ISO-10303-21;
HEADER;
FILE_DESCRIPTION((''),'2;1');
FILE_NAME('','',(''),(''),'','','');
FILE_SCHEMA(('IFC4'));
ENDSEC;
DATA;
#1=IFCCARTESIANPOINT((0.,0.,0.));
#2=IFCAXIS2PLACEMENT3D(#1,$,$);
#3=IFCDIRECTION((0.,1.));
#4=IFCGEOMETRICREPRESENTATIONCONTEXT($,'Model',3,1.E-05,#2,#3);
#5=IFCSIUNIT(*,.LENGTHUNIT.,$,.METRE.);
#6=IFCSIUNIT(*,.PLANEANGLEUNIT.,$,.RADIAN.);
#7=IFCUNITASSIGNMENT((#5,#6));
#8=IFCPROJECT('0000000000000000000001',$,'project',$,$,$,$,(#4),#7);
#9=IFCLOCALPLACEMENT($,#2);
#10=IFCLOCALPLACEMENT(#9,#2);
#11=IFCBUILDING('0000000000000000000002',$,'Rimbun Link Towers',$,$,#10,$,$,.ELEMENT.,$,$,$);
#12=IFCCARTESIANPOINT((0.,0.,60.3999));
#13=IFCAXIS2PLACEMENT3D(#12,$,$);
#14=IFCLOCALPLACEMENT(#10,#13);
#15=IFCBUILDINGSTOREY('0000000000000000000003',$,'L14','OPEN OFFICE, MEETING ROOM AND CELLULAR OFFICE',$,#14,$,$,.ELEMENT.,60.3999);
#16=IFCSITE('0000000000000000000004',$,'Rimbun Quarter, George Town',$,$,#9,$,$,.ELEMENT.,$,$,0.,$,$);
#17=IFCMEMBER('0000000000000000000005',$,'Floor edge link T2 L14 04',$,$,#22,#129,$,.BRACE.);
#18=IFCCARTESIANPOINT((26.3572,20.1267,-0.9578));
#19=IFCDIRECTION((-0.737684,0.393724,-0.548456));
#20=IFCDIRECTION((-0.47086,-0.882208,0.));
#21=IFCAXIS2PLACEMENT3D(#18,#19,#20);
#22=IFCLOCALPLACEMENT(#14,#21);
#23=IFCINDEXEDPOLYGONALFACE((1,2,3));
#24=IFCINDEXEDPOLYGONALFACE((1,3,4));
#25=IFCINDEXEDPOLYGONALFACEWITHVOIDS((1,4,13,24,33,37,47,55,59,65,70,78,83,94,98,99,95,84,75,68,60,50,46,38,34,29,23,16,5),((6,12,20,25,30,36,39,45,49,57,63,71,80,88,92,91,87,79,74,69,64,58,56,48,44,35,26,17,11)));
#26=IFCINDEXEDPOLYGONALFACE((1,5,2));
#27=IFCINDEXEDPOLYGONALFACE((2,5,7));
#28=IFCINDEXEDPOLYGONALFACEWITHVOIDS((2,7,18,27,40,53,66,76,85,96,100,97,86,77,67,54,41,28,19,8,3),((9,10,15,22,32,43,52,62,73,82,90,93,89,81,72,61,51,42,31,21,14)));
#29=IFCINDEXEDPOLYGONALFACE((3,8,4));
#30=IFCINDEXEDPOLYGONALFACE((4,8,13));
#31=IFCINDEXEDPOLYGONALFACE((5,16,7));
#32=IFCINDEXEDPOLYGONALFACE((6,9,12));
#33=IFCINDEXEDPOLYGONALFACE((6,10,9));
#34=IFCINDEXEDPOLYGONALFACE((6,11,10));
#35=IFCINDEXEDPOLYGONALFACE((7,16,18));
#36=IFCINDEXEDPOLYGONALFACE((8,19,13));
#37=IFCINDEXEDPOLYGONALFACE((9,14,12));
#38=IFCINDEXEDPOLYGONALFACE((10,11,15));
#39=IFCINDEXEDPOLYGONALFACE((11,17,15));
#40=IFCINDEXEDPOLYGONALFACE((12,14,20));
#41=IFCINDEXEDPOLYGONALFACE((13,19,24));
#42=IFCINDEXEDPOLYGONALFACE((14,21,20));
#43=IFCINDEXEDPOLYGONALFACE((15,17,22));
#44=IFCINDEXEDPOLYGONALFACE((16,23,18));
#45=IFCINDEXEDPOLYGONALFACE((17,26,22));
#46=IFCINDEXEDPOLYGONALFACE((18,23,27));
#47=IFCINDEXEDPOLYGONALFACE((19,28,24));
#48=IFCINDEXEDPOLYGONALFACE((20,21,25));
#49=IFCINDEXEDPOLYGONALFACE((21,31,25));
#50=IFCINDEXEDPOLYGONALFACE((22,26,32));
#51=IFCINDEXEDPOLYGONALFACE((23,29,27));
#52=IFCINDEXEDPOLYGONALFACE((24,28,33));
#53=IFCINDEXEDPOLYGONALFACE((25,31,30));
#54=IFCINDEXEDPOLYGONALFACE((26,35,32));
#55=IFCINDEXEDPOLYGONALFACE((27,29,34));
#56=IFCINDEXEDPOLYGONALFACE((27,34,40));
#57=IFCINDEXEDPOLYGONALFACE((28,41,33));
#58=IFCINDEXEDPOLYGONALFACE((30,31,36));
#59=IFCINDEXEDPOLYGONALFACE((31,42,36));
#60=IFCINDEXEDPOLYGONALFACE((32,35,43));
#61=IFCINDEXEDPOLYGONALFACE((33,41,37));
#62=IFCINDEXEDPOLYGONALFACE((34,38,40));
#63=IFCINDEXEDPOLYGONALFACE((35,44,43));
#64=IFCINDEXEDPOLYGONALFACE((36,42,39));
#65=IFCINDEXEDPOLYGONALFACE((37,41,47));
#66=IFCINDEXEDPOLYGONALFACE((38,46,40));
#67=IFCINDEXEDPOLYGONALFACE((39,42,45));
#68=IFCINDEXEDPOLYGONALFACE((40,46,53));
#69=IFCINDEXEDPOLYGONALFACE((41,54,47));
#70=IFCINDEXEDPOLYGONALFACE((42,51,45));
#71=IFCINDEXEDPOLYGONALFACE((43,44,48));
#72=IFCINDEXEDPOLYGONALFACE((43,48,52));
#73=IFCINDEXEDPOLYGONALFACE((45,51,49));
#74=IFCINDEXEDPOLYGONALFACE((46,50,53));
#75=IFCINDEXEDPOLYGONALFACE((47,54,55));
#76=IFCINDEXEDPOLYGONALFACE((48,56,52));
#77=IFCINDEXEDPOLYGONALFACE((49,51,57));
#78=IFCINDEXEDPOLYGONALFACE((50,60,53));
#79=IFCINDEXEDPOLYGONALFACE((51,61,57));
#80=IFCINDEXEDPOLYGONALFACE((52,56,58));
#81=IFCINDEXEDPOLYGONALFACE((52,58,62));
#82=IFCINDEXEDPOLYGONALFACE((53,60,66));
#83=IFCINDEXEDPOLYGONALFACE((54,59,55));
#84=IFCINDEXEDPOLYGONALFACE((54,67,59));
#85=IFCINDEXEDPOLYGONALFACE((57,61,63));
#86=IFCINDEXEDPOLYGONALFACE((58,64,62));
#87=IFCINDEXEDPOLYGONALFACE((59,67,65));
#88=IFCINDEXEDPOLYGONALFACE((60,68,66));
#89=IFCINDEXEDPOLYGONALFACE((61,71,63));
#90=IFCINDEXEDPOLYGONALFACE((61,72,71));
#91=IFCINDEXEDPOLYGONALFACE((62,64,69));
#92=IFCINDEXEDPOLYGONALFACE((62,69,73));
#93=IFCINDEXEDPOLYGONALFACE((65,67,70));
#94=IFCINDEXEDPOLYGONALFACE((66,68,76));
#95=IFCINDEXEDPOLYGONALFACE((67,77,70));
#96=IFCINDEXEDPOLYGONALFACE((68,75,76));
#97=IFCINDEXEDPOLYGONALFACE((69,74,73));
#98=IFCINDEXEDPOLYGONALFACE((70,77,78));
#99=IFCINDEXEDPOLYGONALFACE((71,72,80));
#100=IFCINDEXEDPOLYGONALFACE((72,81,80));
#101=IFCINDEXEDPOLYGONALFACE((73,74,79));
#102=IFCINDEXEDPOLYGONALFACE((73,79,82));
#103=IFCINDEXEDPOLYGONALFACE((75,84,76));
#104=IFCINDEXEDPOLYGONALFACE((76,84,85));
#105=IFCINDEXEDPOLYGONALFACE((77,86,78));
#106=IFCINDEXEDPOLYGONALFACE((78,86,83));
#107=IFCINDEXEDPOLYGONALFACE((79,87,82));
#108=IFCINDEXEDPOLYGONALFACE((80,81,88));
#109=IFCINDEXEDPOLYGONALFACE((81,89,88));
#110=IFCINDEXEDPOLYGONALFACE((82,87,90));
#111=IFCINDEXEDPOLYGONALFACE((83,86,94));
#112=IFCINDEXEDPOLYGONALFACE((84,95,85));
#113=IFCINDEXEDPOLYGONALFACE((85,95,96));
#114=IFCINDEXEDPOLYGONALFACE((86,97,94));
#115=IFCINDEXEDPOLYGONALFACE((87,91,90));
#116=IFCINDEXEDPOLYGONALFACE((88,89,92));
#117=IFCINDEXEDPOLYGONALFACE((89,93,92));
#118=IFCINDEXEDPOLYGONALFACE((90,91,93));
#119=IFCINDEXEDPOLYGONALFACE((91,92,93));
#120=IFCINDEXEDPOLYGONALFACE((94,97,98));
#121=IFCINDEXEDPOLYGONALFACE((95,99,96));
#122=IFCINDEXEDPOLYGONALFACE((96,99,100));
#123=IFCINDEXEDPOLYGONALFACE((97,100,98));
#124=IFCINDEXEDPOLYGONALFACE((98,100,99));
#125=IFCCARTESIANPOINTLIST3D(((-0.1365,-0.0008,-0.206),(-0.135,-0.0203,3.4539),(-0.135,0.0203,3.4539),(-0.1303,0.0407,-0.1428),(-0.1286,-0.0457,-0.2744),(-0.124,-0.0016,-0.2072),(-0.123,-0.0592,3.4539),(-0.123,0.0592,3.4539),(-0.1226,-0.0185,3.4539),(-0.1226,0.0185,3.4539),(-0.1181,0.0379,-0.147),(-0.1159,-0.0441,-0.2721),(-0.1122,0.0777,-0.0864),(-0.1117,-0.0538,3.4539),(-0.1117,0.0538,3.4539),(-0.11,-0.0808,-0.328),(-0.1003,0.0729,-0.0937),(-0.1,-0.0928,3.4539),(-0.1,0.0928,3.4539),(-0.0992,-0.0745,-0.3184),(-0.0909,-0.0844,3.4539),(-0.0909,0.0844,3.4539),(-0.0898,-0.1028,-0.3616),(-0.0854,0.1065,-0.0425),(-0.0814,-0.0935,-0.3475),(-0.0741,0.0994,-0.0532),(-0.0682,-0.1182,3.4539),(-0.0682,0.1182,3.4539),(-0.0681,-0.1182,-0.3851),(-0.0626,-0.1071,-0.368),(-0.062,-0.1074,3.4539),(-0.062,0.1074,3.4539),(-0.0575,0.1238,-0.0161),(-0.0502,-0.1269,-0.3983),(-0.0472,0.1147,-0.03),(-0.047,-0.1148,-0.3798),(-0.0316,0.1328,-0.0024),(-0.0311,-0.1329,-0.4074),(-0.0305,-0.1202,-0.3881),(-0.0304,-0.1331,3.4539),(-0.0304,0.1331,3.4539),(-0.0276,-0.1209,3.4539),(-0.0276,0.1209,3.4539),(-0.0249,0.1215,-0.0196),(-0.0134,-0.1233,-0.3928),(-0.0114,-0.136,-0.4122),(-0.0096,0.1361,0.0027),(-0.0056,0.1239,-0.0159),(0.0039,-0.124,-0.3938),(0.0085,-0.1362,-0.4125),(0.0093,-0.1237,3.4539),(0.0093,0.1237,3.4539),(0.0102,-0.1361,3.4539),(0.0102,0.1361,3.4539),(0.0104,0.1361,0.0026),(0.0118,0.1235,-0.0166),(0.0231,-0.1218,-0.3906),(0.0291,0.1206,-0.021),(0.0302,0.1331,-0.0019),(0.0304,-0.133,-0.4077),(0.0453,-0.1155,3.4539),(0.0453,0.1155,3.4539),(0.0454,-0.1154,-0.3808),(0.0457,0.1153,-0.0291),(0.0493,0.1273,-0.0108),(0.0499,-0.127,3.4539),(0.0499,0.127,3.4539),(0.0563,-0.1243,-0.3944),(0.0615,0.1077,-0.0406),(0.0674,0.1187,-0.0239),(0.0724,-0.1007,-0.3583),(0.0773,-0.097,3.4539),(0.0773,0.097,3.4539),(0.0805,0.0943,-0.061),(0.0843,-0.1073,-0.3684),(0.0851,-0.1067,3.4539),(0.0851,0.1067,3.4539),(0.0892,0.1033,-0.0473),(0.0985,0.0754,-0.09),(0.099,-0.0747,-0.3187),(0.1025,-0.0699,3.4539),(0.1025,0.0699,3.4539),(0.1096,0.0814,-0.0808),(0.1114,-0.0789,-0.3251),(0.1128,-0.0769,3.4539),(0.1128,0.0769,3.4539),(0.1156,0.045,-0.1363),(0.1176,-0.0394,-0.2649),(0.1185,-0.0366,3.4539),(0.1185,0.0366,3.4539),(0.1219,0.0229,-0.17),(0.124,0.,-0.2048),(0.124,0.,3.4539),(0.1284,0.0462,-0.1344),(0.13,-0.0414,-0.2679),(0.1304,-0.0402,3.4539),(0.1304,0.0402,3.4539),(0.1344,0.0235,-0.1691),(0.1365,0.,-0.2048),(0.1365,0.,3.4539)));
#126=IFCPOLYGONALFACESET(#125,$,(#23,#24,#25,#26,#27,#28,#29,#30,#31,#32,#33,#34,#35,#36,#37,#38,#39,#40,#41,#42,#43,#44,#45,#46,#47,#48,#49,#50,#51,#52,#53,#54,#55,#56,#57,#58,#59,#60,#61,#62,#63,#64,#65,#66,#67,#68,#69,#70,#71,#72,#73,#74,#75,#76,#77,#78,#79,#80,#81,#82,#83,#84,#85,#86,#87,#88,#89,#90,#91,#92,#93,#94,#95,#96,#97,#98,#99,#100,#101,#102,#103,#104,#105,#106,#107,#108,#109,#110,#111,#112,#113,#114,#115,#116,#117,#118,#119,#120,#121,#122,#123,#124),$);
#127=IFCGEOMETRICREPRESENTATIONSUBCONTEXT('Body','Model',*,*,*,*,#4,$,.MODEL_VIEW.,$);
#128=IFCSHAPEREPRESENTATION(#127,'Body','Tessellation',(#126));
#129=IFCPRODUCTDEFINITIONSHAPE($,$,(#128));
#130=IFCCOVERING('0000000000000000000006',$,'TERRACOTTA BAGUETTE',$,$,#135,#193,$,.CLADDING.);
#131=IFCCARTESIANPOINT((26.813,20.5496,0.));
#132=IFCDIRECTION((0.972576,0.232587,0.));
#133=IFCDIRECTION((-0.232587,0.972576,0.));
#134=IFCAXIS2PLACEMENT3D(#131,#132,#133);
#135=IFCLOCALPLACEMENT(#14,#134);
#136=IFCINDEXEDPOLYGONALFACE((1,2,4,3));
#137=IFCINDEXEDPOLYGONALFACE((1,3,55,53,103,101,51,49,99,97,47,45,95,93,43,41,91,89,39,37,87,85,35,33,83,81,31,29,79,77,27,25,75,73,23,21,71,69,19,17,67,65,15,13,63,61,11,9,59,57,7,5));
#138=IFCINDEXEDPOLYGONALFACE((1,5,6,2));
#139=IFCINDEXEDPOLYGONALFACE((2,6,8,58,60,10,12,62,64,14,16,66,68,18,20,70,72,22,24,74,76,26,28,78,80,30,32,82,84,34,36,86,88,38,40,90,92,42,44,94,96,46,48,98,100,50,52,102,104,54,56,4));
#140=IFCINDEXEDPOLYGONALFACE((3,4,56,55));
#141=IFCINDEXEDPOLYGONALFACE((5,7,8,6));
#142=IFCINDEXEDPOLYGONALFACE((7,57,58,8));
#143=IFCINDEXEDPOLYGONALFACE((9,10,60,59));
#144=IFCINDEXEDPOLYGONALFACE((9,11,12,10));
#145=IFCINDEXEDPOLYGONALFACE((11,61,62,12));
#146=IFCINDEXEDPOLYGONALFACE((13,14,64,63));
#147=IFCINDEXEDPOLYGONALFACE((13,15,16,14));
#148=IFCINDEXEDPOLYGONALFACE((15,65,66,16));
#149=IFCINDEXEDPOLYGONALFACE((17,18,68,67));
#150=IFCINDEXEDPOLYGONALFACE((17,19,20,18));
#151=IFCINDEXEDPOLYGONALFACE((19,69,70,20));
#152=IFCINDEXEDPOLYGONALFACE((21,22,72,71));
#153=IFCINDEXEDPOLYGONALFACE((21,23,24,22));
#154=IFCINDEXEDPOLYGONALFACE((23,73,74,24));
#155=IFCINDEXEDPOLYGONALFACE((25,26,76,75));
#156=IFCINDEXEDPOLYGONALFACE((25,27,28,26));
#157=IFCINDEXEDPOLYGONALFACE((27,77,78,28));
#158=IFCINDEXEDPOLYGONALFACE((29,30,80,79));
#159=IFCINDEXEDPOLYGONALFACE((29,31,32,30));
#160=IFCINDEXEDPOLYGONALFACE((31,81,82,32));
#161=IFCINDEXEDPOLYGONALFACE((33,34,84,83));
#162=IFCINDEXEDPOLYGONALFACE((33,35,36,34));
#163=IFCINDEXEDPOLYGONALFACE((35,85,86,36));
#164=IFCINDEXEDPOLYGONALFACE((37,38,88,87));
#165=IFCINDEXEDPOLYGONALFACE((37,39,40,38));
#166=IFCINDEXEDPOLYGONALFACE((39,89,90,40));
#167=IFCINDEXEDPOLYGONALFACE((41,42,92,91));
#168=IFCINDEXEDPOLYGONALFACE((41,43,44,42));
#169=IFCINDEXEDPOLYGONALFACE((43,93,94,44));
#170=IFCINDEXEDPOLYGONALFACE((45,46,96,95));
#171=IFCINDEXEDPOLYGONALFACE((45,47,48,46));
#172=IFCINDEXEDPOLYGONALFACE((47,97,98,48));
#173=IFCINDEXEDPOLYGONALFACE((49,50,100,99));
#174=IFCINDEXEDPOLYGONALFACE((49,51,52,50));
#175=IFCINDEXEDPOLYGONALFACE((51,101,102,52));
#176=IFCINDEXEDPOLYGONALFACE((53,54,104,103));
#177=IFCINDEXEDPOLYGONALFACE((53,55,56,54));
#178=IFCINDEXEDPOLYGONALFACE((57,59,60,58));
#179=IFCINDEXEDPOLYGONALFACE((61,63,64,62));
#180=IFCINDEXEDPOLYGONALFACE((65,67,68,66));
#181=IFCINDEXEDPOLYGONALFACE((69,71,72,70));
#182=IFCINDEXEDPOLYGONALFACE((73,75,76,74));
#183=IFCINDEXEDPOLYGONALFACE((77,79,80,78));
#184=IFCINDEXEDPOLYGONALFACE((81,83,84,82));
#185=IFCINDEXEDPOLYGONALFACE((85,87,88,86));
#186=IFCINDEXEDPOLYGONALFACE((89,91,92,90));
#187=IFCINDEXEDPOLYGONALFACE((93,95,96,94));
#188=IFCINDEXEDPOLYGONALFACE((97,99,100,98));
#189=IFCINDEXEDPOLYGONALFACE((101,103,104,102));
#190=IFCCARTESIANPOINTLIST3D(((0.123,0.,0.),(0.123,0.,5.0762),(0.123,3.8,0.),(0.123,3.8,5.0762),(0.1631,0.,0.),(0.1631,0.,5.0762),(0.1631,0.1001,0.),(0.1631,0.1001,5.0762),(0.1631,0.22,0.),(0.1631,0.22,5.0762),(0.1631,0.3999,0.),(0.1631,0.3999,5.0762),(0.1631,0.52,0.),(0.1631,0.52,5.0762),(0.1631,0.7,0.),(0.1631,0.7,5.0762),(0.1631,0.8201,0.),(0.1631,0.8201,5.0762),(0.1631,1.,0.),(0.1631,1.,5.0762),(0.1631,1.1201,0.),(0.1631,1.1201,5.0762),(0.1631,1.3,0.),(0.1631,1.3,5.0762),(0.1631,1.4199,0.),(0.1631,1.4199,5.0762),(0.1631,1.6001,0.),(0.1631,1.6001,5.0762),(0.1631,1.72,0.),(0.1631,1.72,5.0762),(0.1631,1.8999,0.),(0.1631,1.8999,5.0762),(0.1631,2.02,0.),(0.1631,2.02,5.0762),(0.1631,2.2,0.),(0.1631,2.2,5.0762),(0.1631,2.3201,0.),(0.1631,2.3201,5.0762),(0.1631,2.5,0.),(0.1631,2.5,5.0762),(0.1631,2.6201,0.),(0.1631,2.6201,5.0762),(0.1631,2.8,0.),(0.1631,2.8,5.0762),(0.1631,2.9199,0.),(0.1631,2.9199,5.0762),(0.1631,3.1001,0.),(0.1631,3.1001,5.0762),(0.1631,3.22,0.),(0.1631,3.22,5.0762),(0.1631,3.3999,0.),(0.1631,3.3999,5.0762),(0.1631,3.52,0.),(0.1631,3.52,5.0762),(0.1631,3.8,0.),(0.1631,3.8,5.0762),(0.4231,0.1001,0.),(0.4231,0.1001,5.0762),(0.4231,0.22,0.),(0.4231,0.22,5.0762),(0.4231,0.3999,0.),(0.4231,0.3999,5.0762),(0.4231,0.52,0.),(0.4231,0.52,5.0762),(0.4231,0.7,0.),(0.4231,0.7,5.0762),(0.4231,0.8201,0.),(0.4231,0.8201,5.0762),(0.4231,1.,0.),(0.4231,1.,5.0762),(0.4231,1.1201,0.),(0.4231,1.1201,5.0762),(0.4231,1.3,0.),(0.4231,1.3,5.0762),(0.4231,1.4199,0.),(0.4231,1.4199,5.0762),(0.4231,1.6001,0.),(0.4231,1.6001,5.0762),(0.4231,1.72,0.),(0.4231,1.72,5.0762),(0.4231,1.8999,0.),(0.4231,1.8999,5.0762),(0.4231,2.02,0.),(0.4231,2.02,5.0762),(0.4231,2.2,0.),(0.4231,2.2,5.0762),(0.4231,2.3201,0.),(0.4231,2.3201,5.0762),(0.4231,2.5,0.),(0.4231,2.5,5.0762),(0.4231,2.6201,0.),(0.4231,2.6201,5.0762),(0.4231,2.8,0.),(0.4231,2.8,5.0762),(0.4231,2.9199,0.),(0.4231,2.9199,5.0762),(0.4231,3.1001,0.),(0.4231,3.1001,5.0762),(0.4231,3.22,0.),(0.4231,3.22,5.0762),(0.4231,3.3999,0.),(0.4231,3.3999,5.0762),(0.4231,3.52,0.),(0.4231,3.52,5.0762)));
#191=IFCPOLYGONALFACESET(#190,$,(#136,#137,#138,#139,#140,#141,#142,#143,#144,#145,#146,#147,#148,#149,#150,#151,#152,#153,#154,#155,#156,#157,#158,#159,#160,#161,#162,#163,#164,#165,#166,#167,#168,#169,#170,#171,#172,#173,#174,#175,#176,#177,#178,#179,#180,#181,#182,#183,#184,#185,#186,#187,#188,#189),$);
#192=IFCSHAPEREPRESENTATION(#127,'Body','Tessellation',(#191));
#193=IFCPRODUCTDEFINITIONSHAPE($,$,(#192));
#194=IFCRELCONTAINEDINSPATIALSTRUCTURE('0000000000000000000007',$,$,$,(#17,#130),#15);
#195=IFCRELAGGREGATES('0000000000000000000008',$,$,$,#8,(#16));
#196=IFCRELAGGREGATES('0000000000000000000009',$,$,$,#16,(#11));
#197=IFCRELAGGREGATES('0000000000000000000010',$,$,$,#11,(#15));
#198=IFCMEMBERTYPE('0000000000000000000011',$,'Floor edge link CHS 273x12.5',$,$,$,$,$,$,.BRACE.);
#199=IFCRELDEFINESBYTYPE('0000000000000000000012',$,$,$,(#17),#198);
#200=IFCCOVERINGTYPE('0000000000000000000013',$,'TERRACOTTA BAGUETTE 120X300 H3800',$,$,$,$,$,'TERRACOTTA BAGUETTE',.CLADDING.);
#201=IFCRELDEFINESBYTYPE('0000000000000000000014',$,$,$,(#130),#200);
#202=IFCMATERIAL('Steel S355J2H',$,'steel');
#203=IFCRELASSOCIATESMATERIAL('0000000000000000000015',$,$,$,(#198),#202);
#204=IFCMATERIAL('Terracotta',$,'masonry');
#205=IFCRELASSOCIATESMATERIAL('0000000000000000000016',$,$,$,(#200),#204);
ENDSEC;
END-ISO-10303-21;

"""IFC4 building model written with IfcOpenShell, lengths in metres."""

from ifc_helpers import new_model, si_unit, direction, frame, origin, origin_2d, place, context, subcontext, project, spatial, polyline, hollow_circle, outline, extrude, clip, halfspace, material, material_profile, profile_set, type_object, element, save


model = new_model("IFC4")

# Units and contexts
model_context = context("Model", 3, precision=1e-05, world=origin(), true_north=direction((0.0, 1.0)))
body_context = subcontext(model_context, "Body", "Model", "MODEL_VIEW")
ifc_project = project(units=[si_unit("LENGTHUNIT", "METRE"), si_unit("PLANEANGLEUNIT", "RADIAN")], contexts=[model_context])

# Site, building, storey
site_placement = place(None, origin())
site = spatial("IfcSite", under=ifc_project, at=site_placement, Name="Rimbun Quarter, George Town", CompositionType="ELEMENT", RefElevation=0.0)
building_placement = place(site_placement, origin())
building = spatial("IfcBuilding", under=site, at=building_placement, Name="Rimbun Link Towers", CompositionType="ELEMENT")
storey_placement = place(building_placement, frame((0.0, 0.0, 60.3999)))
storey = spatial("IfcBuildingStorey", under=building, at=storey_placement, Name="L14", Description="OPEN OFFICE, MEETING ROOM AND CELLULAR OFFICE", CompositionType="ELEMENT", Elevation=60.3999)

# Member
ifc_material_1 = material(Name="Steel S355J2H", Category="steel")
ifc_material_profile_1 = material_profile(ifc_material_1, hollow_circle(Radius=0.1365, WallThickness=0.0125, at=origin_2d()), Name="CHS 273x12.5")
ifc_profile_set_1 = profile_set([ifc_material_profile_1], Name="Steel S355J2H")
member_type_1 = type_object("IfcMemberType", Name="Floor edge link CHS 273x12.5", PredefinedType="BRACE", material=ifc_profile_set_1)
member_1_placement = place(storey_placement, frame((26.3572, 20.1267, -0.9578), z_axis=(-0.737684, 0.393724, -0.548456), x_axis=(-0.47086, -0.882208, 0.0)))
element("IfcMember", 1, at=member_1_placement, inside=storey, type_object=member_type_1, Name="Floor edge link T2 L14 04", PredefinedType="BRACE", context=body_context, shape_type="Clipping", body=[
    clip(extrude(hollow_circle(Radius=0.1365, WallThickness=0.0125, at=origin_2d()), frame((0.0, 0.0, -0.4343)), (0.0, 0.0, 1.0), 3.8882), halfspace(frame((0.0, 0.0, -0.2048), z_axis=(0.0, 0.836179, -0.548456)), False)),
])

# Covering
ifc_material_2 = material(Name="Terracotta", Category="masonry")
ifc_material_profile_2 = material_profile(ifc_material_2, outline(polyline([(0.123, 0.0), (0.1631, 0.0), (0.1631, 0.1001), (0.4231, 0.1001), (0.4231, 0.22), (0.1631, 0.22), (0.1631, 0.3999), (0.4231, 0.3999), (0.4231, 0.52), (0.1631, 0.52), (0.1631, 0.7), (0.4231, 0.7), (0.4231, 0.8201), (0.1631, 0.8201), (0.1631, 1.0), (0.4231, 1.0), (0.4231, 1.1201), (0.1631, 1.1201), (0.1631, 1.3), (0.4231, 1.3), (0.4231, 1.4199), (0.1631, 1.4199), (0.1631, 1.6001), (0.4231, 1.6001), (0.4231, 1.72), (0.1631, 1.72), (0.1631, 1.8999), (0.4231, 1.8999), (0.4231, 2.02), (0.1631, 2.02), (0.1631, 2.2), (0.4231, 2.2), (0.4231, 2.3201), (0.1631, 2.3201), (0.1631, 2.5), (0.4231, 2.5), (0.4231, 2.6201), (0.1631, 2.6201), (0.1631, 2.8), (0.4231, 2.8), (0.4231, 2.9199), (0.1631, 2.9199), (0.1631, 3.1001), (0.4231, 3.1001), (0.4231, 3.22), (0.1631, 3.22), (0.1631, 3.3999), (0.4231, 3.3999), (0.4231, 3.52), (0.1631, 3.52), (0.1631, 3.8), (0.123, 3.8), (0.123, 0.0)])), Name="BAGUETTE 120X300")
ifc_profile_set_2 = profile_set([ifc_material_profile_2], Name="Terracotta")
covering_type = type_object("IfcCoveringType", Name="TERRACOTTA BAGUETTE 120X300 H3800", ElementType="TERRACOTTA BAGUETTE", PredefinedType="CLADDING", material=ifc_profile_set_2)
covering_1_placement = place(storey_placement, frame((26.813, 20.5496, 0.0), z_axis=(0.972576, 0.232587, 0.0), x_axis=(-0.232587, 0.972576, 0.0)))
element("IfcCovering", 2, at=covering_1_placement, inside=storey, type_object=covering_type, Name="TERRACOTTA BAGUETTE", PredefinedType="CLADDING", context=body_context, shape_type="SweptSolid", body=[
    extrude(outline(polyline([(0.123, 0.0), (0.1631, 0.0), (0.1631, 0.1001), (0.4231, 0.1001), (0.4231, 0.22), (0.1631, 0.22), (0.1631, 0.3999), (0.4231, 0.3999), (0.4231, 0.52), (0.1631, 0.52), (0.1631, 0.7), (0.4231, 0.7), (0.4231, 0.8201), (0.1631, 0.8201), (0.1631, 1.0), (0.4231, 1.0), (0.4231, 1.1201), (0.1631, 1.1201), (0.1631, 1.3), (0.4231, 1.3), (0.4231, 1.4199), (0.1631, 1.4199), (0.1631, 1.6001), (0.4231, 1.6001), (0.4231, 1.72), (0.1631, 1.72), (0.1631, 1.8999), (0.4231, 1.8999), (0.4231, 2.02), (0.1631, 2.02), (0.1631, 2.2), (0.4231, 2.2), (0.4231, 2.3201), (0.1631, 2.3201), (0.1631, 2.5), (0.4231, 2.5), (0.4231, 2.6201), (0.1631, 2.6201), (0.1631, 2.8), (0.4231, 2.8), (0.4231, 2.9199), (0.1631, 2.9199), (0.1631, 3.1001), (0.4231, 3.1001), (0.4231, 3.22), (0.1631, 3.22), (0.1631, 3.3999), (0.4231, 3.3999), (0.4231, 3.52), (0.1631, 3.52), (0.1631, 3.8), (0.123, 3.8), (0.123, 0.0)])), origin(), (0.0, 0.0, 1.0), 5.0762),
])

save(model, "model.ifc")
